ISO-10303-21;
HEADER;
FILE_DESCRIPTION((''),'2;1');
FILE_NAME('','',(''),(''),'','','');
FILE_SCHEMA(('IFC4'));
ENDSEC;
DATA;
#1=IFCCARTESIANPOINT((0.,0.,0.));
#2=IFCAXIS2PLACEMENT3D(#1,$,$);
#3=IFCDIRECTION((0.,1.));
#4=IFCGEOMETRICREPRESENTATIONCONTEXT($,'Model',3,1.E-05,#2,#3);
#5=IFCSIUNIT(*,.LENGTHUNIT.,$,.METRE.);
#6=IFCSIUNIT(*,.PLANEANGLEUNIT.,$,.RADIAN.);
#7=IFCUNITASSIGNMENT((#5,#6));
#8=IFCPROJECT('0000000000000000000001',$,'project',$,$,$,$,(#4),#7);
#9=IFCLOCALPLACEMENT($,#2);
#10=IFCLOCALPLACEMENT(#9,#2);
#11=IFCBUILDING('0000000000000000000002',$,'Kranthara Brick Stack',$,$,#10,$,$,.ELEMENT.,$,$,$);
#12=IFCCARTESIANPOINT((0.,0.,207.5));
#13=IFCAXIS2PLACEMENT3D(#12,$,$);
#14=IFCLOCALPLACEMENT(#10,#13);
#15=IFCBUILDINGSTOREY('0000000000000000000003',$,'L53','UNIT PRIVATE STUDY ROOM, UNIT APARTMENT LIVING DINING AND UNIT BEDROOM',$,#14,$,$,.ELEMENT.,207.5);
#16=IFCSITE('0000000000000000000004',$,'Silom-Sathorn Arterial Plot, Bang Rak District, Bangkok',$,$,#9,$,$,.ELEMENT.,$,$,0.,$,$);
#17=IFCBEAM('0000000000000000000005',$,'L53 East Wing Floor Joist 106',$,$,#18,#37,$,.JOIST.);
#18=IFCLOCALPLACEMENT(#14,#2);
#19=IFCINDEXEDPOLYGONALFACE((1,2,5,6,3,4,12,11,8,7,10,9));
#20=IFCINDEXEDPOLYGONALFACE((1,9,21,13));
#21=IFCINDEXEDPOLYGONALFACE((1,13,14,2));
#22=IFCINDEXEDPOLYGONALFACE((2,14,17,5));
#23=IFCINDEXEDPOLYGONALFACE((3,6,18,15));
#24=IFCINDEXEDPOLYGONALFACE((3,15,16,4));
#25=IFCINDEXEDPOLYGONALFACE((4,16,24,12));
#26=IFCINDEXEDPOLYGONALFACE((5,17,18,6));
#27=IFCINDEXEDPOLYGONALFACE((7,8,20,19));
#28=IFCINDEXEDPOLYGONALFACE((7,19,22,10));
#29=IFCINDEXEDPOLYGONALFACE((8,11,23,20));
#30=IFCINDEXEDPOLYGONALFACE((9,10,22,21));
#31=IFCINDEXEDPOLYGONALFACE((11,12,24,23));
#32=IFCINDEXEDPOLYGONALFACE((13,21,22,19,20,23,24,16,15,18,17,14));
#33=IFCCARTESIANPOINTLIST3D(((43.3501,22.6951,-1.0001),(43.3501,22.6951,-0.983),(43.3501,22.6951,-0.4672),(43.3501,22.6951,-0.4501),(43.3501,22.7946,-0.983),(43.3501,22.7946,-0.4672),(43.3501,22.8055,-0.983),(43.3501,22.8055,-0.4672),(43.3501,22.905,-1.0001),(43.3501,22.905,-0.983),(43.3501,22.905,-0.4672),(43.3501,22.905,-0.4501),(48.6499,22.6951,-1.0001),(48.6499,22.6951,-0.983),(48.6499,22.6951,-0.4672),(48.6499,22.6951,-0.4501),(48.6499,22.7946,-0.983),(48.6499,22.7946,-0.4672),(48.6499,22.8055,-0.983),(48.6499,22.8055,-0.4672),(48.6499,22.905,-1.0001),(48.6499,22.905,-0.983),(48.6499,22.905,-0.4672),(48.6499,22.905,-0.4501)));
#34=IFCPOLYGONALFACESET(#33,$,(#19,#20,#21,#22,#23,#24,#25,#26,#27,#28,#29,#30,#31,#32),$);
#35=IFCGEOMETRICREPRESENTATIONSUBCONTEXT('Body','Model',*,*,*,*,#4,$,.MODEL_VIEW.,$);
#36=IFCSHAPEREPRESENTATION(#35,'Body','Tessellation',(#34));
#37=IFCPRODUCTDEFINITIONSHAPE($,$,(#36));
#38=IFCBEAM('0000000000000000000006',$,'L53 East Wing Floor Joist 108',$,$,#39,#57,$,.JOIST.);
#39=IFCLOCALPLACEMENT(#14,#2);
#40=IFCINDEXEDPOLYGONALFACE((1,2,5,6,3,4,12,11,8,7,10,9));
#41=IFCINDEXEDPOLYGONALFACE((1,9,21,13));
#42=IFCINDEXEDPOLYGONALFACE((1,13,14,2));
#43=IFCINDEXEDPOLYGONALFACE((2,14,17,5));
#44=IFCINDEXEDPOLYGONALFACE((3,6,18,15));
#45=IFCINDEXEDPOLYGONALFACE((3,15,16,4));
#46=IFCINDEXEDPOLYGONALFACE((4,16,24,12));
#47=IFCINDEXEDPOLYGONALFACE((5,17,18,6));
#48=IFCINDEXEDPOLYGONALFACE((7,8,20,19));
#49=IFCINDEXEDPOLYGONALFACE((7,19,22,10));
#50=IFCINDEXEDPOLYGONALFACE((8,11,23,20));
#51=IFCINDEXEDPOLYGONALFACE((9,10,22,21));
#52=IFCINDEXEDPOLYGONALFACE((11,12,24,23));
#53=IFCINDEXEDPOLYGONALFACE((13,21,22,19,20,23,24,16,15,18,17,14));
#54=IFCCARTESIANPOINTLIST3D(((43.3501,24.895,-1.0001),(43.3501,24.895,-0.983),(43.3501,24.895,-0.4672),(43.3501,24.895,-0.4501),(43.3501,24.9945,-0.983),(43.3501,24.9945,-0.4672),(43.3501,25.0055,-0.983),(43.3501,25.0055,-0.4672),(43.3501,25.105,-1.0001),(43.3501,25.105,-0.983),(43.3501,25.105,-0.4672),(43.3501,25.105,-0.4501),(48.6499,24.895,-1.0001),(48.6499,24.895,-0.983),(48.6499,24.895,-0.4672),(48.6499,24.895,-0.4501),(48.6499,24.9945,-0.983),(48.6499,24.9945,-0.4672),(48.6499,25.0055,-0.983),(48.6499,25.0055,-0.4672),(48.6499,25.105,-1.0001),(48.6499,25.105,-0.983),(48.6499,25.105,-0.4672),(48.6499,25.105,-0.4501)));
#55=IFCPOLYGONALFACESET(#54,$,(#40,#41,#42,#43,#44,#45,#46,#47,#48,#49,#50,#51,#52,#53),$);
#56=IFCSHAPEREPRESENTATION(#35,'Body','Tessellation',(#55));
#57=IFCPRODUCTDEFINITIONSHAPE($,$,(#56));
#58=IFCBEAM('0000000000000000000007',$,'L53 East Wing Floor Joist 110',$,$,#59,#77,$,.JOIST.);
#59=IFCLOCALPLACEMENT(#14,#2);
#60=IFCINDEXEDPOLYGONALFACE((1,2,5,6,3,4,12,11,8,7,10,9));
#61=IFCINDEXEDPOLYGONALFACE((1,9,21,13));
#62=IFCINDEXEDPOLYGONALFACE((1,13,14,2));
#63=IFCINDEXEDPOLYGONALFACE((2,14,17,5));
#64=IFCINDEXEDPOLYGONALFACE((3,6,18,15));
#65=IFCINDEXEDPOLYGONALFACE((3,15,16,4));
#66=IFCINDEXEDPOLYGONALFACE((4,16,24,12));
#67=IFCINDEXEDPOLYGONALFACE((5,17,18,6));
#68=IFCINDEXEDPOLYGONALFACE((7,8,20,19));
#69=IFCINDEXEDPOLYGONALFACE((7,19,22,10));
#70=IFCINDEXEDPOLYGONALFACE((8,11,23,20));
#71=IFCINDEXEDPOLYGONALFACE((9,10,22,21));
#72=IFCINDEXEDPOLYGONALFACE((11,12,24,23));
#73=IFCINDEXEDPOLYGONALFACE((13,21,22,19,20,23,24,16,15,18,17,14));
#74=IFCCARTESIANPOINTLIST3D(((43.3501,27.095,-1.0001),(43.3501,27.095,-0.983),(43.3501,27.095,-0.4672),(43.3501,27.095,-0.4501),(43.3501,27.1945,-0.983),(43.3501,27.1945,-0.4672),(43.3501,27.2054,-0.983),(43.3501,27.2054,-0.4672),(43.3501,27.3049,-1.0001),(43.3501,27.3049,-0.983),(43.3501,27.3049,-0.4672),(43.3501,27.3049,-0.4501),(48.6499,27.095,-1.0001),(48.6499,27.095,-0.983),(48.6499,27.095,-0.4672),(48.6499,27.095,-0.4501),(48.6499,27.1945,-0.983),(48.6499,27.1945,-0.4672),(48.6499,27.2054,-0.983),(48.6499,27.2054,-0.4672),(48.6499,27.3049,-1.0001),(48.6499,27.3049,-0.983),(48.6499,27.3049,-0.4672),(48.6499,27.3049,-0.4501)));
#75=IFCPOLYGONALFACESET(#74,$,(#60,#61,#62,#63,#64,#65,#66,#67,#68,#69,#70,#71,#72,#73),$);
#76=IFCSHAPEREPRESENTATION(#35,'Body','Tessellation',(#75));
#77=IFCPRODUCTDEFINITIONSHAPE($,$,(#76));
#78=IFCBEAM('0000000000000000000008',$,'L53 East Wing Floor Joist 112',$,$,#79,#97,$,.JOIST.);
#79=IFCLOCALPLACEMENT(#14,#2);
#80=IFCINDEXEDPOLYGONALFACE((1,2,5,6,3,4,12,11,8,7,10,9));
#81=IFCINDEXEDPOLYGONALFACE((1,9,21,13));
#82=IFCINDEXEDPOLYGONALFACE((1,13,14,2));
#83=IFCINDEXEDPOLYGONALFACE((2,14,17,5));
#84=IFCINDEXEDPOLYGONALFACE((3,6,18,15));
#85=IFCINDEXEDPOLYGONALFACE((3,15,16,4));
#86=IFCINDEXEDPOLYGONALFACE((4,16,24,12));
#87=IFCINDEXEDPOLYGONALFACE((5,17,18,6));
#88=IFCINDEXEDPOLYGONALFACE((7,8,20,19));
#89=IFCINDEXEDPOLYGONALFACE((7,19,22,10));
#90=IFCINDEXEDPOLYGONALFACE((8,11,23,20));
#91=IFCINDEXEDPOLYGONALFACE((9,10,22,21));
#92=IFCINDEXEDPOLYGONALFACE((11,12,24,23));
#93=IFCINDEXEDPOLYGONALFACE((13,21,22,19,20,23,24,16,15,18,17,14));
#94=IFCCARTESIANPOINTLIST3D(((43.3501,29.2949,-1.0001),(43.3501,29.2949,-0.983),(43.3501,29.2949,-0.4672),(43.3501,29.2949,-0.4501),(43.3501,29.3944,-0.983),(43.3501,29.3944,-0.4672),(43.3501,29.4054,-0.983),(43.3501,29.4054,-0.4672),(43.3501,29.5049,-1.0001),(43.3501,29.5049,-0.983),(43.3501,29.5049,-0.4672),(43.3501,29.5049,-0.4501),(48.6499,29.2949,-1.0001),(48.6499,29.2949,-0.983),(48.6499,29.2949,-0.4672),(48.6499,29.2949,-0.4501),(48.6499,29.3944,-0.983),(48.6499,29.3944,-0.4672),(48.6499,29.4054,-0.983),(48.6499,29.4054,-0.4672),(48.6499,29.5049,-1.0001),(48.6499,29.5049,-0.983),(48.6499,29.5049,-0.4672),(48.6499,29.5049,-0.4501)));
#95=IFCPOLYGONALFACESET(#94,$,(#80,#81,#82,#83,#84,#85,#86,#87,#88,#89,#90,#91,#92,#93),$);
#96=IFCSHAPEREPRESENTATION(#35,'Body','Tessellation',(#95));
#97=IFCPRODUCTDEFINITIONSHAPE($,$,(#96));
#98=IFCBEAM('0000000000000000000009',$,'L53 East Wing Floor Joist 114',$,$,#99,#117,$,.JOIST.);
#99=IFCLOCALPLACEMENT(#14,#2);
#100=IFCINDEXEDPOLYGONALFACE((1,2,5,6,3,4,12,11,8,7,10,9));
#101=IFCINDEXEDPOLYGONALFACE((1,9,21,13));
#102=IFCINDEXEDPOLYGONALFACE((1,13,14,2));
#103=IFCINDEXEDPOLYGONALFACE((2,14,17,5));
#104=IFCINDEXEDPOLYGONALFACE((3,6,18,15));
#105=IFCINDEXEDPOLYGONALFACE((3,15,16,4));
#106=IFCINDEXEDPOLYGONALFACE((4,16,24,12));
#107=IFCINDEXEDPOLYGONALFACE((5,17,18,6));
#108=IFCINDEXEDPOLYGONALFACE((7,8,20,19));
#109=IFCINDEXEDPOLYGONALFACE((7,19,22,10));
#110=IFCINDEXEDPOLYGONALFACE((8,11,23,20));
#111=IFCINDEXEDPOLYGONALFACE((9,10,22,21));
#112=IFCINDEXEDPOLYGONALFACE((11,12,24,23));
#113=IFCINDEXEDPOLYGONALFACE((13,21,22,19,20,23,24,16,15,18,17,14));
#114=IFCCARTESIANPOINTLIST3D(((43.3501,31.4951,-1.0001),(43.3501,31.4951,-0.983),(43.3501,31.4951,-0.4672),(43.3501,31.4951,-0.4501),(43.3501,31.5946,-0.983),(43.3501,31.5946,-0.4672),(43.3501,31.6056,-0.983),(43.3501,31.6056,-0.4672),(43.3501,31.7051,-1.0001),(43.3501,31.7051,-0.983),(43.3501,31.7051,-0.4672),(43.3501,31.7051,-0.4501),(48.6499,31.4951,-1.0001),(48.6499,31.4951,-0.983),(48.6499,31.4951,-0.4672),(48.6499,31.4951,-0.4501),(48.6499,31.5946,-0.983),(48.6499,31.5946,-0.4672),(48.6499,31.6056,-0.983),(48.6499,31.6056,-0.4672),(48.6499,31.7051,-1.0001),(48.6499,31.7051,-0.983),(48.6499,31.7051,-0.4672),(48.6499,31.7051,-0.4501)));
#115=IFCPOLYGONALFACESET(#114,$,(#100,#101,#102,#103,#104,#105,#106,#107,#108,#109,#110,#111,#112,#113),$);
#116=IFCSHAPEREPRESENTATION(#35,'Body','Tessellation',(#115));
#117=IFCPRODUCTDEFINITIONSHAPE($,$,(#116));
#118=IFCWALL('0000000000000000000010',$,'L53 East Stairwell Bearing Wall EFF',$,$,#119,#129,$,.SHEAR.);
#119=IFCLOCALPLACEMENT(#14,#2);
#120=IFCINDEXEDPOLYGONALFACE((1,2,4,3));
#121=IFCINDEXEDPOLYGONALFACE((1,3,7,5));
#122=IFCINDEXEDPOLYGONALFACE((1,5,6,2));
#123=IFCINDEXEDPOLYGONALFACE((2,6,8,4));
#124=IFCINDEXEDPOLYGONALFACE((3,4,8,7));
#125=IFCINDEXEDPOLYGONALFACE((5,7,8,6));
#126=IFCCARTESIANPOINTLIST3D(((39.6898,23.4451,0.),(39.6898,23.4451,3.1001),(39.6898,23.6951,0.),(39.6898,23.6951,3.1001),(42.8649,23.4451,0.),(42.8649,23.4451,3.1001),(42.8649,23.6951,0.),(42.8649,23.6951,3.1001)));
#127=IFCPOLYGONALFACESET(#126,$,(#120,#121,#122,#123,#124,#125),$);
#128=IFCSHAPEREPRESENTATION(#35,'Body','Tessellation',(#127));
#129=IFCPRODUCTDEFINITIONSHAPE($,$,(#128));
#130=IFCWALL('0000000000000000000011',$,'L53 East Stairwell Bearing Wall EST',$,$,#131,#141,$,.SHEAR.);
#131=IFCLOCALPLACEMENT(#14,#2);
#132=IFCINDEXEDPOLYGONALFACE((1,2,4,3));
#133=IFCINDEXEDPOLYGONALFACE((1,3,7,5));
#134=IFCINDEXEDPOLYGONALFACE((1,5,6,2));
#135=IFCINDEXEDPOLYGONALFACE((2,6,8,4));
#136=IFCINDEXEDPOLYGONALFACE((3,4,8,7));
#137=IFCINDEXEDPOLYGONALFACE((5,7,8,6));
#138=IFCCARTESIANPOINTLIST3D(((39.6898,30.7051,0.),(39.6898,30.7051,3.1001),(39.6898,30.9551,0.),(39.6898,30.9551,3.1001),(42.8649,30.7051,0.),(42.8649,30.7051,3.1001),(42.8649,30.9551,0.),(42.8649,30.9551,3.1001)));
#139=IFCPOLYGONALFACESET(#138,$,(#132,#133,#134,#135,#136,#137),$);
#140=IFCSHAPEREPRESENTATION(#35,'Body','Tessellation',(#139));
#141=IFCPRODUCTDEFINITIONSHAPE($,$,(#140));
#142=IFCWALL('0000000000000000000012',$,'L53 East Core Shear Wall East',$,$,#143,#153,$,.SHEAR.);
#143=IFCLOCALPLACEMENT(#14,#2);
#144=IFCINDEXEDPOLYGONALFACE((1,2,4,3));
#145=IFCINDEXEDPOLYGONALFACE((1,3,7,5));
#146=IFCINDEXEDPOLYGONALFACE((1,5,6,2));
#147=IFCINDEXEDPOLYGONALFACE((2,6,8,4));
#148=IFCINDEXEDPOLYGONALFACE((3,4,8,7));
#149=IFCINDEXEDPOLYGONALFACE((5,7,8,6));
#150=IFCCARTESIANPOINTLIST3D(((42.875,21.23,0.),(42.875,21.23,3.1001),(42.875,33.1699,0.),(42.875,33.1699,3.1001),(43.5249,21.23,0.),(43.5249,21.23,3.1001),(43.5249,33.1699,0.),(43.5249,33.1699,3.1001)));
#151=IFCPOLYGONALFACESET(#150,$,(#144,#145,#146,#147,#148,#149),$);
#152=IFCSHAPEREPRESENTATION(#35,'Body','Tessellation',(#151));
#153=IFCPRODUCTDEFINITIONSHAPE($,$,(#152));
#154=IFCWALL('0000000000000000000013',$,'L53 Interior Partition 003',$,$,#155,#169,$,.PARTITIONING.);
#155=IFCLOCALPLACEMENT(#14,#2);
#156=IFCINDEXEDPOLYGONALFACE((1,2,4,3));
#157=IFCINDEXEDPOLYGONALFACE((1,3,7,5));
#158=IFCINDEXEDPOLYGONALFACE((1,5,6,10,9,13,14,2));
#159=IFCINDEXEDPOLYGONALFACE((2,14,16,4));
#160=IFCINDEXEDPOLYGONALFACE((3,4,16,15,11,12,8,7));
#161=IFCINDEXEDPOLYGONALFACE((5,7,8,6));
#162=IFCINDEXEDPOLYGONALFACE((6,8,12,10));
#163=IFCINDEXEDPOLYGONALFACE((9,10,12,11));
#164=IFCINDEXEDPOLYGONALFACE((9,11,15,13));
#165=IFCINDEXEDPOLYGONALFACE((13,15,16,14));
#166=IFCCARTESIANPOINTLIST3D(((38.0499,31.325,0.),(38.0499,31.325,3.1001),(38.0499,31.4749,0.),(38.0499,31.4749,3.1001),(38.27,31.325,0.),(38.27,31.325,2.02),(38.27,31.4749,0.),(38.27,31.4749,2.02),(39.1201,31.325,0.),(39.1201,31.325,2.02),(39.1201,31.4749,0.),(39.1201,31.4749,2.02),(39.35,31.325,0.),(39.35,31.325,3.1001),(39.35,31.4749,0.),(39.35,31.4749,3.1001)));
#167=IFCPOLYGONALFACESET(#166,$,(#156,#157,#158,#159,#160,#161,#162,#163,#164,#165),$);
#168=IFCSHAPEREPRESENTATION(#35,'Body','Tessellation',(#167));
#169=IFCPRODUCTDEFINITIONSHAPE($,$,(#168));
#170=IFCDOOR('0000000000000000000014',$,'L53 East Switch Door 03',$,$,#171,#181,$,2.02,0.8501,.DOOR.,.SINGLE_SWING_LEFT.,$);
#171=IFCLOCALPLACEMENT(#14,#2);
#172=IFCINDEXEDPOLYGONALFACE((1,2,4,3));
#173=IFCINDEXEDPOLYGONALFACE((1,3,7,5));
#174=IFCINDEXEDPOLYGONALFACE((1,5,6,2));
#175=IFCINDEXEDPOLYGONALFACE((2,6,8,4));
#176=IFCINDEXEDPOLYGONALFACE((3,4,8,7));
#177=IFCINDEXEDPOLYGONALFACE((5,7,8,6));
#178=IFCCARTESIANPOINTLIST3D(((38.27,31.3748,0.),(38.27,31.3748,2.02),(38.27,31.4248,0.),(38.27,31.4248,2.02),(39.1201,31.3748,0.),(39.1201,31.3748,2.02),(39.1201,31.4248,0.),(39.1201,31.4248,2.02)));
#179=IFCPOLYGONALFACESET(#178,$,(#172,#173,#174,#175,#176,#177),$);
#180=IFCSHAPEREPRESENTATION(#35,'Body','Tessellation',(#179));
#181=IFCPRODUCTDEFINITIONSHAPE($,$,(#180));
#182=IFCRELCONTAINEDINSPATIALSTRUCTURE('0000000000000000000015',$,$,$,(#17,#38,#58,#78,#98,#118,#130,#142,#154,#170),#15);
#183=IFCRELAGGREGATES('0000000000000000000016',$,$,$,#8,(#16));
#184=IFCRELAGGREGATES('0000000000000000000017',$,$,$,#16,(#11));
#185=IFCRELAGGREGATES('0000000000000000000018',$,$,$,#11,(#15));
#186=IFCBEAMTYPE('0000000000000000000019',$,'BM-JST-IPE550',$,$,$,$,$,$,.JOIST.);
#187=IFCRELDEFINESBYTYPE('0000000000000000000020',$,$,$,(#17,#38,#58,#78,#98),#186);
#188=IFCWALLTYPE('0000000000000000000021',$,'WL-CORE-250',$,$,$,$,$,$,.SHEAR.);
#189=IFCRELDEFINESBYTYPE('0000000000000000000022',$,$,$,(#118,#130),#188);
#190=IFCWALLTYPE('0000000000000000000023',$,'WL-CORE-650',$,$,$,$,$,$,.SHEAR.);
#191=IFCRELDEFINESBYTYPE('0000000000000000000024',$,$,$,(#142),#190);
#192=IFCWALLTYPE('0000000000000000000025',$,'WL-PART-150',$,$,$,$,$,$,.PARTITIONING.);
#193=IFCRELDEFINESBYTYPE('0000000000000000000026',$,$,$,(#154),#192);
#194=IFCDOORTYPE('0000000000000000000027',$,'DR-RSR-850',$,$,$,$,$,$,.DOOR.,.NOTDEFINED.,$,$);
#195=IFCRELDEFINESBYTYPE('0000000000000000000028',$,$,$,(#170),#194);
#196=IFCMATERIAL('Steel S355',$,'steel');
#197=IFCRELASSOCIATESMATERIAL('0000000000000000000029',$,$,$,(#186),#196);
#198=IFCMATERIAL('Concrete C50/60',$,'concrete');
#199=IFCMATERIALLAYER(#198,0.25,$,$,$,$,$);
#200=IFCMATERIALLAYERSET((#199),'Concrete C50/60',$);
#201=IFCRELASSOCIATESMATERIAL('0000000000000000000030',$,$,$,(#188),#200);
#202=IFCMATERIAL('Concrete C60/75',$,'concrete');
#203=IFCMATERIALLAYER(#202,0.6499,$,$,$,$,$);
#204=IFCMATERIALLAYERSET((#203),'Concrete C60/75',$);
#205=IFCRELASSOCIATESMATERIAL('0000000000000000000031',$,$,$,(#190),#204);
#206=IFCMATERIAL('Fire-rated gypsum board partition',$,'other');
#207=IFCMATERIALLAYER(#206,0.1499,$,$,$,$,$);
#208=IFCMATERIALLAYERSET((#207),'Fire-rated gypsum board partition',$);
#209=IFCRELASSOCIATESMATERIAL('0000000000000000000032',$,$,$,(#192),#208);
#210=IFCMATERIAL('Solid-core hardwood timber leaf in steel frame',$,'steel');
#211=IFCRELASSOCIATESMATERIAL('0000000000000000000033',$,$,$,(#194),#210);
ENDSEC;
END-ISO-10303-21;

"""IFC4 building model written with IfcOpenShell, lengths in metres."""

from ifc_helpers import new_model, si_unit, direction, frame, frame_2d, origin, origin_2d, place, context, subcontext, project, spatial, rectangle, i_section, extrude, material, layer, layer_set, material_profile, profile_set, type_object, element, fill, save


model = new_model("IFC4")

# Units and contexts
model_context = context("Model", 3, precision=1e-05, world=origin(), true_north=direction((0.0, 1.0)))
body_context = subcontext(model_context, "Body", "Model", "MODEL_VIEW")
ifc_project = project(units=[si_unit("LENGTHUNIT", "METRE"), si_unit("PLANEANGLEUNIT", "RADIAN")], contexts=[model_context])

# Site, building, storey
site_placement = place(None, origin())
site = spatial("IfcSite", under=ifc_project, at=site_placement, Name="Silom-Sathorn Arterial Plot, Bang Rak District, Bangkok", CompositionType="ELEMENT", RefElevation=0.0)
building_placement = place(site_placement, origin())
building = spatial("IfcBuilding", under=site, at=building_placement, Name="Kranthara Brick Stack", CompositionType="ELEMENT")
storey_placement = place(building_placement, frame((0.0, 0.0, 207.5)))
storey = spatial("IfcBuildingStorey", under=building, at=storey_placement, Name="L53", Description="UNIT PRIVATE STUDY ROOM, UNIT APARTMENT LIVING DINING AND UNIT BEDROOM", CompositionType="ELEMENT", Elevation=207.5)

# Beams
ifc_material_1 = material(Name="Steel S355", Category="steel")
ifc_material_profile = material_profile(ifc_material_1, i_section(OverallWidth=0.21, OverallDepth=0.55, WebThickness=0.011, FlangeThickness=0.0171, at=origin_2d()), Name="IPE 550")
ifc_profile_set = profile_set([ifc_material_profile], Name="Steel S355")
beam_type = type_object("IfcBeamType", Name="BM-JST-IPE550", PredefinedType="JOIST", material=ifc_profile_set)
for number, where, z_axis, x_axis, name in (
    (1, (43.3501, 22.8, -0.7251), (1.0, 0.0, 0.0), (0.0, 1.0, 0.0), "L53 East Wing Floor Joist 106"),
    (2, (43.3501, 25.0, -0.7251), (1.0, 0.0, 0.0), (0.0, 1.0, 0.0), "L53 East Wing Floor Joist 108"),
    (3, (43.3501, 27.2, -0.7251), (1.0, 0.0, 0.0), (0.0, 1.0, 0.0), "L53 East Wing Floor Joist 110"),
    (4, (43.3501, 29.3999, -0.7251), (1.0, 0.0, 0.0), (0.0, 1.0, 0.0), "L53 East Wing Floor Joist 112"),
    (5, (43.3501, 31.6001, -0.7251), (1.0, 0.0, 0.0), (0.0, 1.0, 0.0), "L53 East Wing Floor Joist 114"),
):
    element("IfcBeam", number, at=place(storey_placement, frame(where, z_axis=z_axis, x_axis=x_axis)), inside=storey, type_object=beam_type, Name=name, PredefinedType="JOIST", context=body_context, shape_type="SweptSolid", body=[
        extrude(i_section(OverallWidth=0.21, OverallDepth=0.55, WebThickness=0.011, FlangeThickness=0.0171, at=origin_2d()), origin(), (0.0, 0.0, 1.0), 5.2998),
    ])

# Walls
ifc_material_2 = material(Name="Concrete C50/60", Category="concrete")
ifc_layer_1 = layer(ifc_material_2, 0.25)
ifc_layer_set_1 = layer_set([ifc_layer_1], Name="Concrete C50/60")
wall_type_1 = type_object("IfcWallType", Name="WL-CORE-250", PredefinedType="SHEAR", material=ifc_layer_set_1)
for number, where, z_axis, x_axis, name in (
    (6, (39.6899, 23.5701, 0.0), (0.0, 0.0, 1.0), (1.0, 0.0, 0.0), "L53 East Stairwell Bearing Wall EFF"),
    (7, (39.6899, 30.8301, 0.0), (0.0, 0.0, 1.0), (1.0, 0.0, 0.0), "L53 East Stairwell Bearing Wall EST"),
):
    element("IfcWall", number, at=place(storey_placement, frame(where, z_axis=z_axis, x_axis=x_axis)), inside=storey, type_object=wall_type_1, Name=name, PredefinedType="SHEAR", context=body_context, shape_type="SweptSolid", body=[
        extrude(rectangle(XDim=3.175, YDim=0.25, at=frame_2d((1.5874, 0.0))), origin(), (0.0, 0.0, 1.0), 3.1001),
    ])
ifc_material_3 = material(Name="Concrete C60/75", Category="concrete")
ifc_layer_2 = layer(ifc_material_3, 0.6499)
ifc_layer_set_2 = layer_set([ifc_layer_2], Name="Concrete C60/75")
wall_type_2 = type_object("IfcWallType", Name="WL-CORE-650", PredefinedType="SHEAR", material=ifc_layer_set_2)
wall_1_placement = place(storey_placement, frame((43.2, 21.23, 0.0), z_axis=(0.0, 0.0, 1.0), x_axis=(0.0, 1.0, 0.0)))
element("IfcWall", 8, at=wall_1_placement, inside=storey, type_object=wall_type_2, Name="L53 East Core Shear Wall East", PredefinedType="SHEAR", context=body_context, shape_type="SweptSolid", body=[
    extrude(rectangle(XDim=11.9399, YDim=0.6499, at=frame_2d((5.97, 0.0))), origin(), (0.0, 0.0, 1.0), 3.1001),
])

# Wall, opening, door
ifc_material_4 = material(Name="Fire-rated gypsum board partition", Category="other")
ifc_layer_3 = layer(ifc_material_4, 0.1499)
ifc_layer_set_3 = layer_set([ifc_layer_3], Name="Fire-rated gypsum board partition")
wall_type_3 = type_object("IfcWallType", Name="WL-PART-150", PredefinedType="PARTITIONING", material=ifc_layer_set_3)
wall_2_placement = place(storey_placement, frame((38.05, 31.3999, 0.0), z_axis=(0.0, 0.0, 1.0), x_axis=(1.0, 0.0, 0.0)))
wall_2 = element("IfcWall", 9, at=wall_2_placement, inside=storey, type_object=wall_type_3, Name="L53 Interior Partition 003", PredefinedType="PARTITIONING", context=body_context, shape_type="SweptSolid", body=[
    extrude(rectangle(XDim=1.3, YDim=0.1499, at=frame_2d((0.6499, 0.0))), origin(), (0.0, 0.0, 1.0), 3.1001),
])
opening_placement = place(wall_2_placement, frame((0.22, 0.0, 0.0)))
opening = element("IfcOpeningElement", 10, at=opening_placement, cuts=wall_2, PredefinedType="OPENING", context=body_context, shape_type="SweptSolid", body=[
    extrude(rectangle(XDim=0.8501, YDim=2.02, at=frame_2d((0.425, 1.01))), frame((0.0, 0.085, 0.0), z_axis=(0.0, -1.0, 0.0), x_axis=(1.0, 0.0, 0.0)), (0.0, 0.0, 1.0), 0.1699),
])
ifc_material_5 = material(Name="Solid-core hardwood timber leaf in steel frame", Category="steel")
door_type = type_object("IfcDoorType", Name="DR-RSR-850", OperationType="NOTDEFINED", PredefinedType="DOOR", material=ifc_material_5)
door_placement = place(opening_placement, origin())
door = element("IfcDoor", 11, at=door_placement, inside=storey, type_object=door_type, Name="L53 East Switch Door 03", OperationType="SINGLE_SWING_LEFT", OverallHeight=2.02, OverallWidth=0.8501, PredefinedType="DOOR", context=body_context, shape_type="SweptSolid", body=[
    extrude(rectangle(XDim=0.8501, YDim=2.02, at=frame_2d((0.425, 1.01))), frame((0.0, 0.0249, 0.0), z_axis=(0.0, -1.0, 0.0), x_axis=(1.0, 0.0, 0.0)), (0.0, 0.0, 1.0), 0.05),
])
fill(opening, door)

save(model, "model.ifc")
